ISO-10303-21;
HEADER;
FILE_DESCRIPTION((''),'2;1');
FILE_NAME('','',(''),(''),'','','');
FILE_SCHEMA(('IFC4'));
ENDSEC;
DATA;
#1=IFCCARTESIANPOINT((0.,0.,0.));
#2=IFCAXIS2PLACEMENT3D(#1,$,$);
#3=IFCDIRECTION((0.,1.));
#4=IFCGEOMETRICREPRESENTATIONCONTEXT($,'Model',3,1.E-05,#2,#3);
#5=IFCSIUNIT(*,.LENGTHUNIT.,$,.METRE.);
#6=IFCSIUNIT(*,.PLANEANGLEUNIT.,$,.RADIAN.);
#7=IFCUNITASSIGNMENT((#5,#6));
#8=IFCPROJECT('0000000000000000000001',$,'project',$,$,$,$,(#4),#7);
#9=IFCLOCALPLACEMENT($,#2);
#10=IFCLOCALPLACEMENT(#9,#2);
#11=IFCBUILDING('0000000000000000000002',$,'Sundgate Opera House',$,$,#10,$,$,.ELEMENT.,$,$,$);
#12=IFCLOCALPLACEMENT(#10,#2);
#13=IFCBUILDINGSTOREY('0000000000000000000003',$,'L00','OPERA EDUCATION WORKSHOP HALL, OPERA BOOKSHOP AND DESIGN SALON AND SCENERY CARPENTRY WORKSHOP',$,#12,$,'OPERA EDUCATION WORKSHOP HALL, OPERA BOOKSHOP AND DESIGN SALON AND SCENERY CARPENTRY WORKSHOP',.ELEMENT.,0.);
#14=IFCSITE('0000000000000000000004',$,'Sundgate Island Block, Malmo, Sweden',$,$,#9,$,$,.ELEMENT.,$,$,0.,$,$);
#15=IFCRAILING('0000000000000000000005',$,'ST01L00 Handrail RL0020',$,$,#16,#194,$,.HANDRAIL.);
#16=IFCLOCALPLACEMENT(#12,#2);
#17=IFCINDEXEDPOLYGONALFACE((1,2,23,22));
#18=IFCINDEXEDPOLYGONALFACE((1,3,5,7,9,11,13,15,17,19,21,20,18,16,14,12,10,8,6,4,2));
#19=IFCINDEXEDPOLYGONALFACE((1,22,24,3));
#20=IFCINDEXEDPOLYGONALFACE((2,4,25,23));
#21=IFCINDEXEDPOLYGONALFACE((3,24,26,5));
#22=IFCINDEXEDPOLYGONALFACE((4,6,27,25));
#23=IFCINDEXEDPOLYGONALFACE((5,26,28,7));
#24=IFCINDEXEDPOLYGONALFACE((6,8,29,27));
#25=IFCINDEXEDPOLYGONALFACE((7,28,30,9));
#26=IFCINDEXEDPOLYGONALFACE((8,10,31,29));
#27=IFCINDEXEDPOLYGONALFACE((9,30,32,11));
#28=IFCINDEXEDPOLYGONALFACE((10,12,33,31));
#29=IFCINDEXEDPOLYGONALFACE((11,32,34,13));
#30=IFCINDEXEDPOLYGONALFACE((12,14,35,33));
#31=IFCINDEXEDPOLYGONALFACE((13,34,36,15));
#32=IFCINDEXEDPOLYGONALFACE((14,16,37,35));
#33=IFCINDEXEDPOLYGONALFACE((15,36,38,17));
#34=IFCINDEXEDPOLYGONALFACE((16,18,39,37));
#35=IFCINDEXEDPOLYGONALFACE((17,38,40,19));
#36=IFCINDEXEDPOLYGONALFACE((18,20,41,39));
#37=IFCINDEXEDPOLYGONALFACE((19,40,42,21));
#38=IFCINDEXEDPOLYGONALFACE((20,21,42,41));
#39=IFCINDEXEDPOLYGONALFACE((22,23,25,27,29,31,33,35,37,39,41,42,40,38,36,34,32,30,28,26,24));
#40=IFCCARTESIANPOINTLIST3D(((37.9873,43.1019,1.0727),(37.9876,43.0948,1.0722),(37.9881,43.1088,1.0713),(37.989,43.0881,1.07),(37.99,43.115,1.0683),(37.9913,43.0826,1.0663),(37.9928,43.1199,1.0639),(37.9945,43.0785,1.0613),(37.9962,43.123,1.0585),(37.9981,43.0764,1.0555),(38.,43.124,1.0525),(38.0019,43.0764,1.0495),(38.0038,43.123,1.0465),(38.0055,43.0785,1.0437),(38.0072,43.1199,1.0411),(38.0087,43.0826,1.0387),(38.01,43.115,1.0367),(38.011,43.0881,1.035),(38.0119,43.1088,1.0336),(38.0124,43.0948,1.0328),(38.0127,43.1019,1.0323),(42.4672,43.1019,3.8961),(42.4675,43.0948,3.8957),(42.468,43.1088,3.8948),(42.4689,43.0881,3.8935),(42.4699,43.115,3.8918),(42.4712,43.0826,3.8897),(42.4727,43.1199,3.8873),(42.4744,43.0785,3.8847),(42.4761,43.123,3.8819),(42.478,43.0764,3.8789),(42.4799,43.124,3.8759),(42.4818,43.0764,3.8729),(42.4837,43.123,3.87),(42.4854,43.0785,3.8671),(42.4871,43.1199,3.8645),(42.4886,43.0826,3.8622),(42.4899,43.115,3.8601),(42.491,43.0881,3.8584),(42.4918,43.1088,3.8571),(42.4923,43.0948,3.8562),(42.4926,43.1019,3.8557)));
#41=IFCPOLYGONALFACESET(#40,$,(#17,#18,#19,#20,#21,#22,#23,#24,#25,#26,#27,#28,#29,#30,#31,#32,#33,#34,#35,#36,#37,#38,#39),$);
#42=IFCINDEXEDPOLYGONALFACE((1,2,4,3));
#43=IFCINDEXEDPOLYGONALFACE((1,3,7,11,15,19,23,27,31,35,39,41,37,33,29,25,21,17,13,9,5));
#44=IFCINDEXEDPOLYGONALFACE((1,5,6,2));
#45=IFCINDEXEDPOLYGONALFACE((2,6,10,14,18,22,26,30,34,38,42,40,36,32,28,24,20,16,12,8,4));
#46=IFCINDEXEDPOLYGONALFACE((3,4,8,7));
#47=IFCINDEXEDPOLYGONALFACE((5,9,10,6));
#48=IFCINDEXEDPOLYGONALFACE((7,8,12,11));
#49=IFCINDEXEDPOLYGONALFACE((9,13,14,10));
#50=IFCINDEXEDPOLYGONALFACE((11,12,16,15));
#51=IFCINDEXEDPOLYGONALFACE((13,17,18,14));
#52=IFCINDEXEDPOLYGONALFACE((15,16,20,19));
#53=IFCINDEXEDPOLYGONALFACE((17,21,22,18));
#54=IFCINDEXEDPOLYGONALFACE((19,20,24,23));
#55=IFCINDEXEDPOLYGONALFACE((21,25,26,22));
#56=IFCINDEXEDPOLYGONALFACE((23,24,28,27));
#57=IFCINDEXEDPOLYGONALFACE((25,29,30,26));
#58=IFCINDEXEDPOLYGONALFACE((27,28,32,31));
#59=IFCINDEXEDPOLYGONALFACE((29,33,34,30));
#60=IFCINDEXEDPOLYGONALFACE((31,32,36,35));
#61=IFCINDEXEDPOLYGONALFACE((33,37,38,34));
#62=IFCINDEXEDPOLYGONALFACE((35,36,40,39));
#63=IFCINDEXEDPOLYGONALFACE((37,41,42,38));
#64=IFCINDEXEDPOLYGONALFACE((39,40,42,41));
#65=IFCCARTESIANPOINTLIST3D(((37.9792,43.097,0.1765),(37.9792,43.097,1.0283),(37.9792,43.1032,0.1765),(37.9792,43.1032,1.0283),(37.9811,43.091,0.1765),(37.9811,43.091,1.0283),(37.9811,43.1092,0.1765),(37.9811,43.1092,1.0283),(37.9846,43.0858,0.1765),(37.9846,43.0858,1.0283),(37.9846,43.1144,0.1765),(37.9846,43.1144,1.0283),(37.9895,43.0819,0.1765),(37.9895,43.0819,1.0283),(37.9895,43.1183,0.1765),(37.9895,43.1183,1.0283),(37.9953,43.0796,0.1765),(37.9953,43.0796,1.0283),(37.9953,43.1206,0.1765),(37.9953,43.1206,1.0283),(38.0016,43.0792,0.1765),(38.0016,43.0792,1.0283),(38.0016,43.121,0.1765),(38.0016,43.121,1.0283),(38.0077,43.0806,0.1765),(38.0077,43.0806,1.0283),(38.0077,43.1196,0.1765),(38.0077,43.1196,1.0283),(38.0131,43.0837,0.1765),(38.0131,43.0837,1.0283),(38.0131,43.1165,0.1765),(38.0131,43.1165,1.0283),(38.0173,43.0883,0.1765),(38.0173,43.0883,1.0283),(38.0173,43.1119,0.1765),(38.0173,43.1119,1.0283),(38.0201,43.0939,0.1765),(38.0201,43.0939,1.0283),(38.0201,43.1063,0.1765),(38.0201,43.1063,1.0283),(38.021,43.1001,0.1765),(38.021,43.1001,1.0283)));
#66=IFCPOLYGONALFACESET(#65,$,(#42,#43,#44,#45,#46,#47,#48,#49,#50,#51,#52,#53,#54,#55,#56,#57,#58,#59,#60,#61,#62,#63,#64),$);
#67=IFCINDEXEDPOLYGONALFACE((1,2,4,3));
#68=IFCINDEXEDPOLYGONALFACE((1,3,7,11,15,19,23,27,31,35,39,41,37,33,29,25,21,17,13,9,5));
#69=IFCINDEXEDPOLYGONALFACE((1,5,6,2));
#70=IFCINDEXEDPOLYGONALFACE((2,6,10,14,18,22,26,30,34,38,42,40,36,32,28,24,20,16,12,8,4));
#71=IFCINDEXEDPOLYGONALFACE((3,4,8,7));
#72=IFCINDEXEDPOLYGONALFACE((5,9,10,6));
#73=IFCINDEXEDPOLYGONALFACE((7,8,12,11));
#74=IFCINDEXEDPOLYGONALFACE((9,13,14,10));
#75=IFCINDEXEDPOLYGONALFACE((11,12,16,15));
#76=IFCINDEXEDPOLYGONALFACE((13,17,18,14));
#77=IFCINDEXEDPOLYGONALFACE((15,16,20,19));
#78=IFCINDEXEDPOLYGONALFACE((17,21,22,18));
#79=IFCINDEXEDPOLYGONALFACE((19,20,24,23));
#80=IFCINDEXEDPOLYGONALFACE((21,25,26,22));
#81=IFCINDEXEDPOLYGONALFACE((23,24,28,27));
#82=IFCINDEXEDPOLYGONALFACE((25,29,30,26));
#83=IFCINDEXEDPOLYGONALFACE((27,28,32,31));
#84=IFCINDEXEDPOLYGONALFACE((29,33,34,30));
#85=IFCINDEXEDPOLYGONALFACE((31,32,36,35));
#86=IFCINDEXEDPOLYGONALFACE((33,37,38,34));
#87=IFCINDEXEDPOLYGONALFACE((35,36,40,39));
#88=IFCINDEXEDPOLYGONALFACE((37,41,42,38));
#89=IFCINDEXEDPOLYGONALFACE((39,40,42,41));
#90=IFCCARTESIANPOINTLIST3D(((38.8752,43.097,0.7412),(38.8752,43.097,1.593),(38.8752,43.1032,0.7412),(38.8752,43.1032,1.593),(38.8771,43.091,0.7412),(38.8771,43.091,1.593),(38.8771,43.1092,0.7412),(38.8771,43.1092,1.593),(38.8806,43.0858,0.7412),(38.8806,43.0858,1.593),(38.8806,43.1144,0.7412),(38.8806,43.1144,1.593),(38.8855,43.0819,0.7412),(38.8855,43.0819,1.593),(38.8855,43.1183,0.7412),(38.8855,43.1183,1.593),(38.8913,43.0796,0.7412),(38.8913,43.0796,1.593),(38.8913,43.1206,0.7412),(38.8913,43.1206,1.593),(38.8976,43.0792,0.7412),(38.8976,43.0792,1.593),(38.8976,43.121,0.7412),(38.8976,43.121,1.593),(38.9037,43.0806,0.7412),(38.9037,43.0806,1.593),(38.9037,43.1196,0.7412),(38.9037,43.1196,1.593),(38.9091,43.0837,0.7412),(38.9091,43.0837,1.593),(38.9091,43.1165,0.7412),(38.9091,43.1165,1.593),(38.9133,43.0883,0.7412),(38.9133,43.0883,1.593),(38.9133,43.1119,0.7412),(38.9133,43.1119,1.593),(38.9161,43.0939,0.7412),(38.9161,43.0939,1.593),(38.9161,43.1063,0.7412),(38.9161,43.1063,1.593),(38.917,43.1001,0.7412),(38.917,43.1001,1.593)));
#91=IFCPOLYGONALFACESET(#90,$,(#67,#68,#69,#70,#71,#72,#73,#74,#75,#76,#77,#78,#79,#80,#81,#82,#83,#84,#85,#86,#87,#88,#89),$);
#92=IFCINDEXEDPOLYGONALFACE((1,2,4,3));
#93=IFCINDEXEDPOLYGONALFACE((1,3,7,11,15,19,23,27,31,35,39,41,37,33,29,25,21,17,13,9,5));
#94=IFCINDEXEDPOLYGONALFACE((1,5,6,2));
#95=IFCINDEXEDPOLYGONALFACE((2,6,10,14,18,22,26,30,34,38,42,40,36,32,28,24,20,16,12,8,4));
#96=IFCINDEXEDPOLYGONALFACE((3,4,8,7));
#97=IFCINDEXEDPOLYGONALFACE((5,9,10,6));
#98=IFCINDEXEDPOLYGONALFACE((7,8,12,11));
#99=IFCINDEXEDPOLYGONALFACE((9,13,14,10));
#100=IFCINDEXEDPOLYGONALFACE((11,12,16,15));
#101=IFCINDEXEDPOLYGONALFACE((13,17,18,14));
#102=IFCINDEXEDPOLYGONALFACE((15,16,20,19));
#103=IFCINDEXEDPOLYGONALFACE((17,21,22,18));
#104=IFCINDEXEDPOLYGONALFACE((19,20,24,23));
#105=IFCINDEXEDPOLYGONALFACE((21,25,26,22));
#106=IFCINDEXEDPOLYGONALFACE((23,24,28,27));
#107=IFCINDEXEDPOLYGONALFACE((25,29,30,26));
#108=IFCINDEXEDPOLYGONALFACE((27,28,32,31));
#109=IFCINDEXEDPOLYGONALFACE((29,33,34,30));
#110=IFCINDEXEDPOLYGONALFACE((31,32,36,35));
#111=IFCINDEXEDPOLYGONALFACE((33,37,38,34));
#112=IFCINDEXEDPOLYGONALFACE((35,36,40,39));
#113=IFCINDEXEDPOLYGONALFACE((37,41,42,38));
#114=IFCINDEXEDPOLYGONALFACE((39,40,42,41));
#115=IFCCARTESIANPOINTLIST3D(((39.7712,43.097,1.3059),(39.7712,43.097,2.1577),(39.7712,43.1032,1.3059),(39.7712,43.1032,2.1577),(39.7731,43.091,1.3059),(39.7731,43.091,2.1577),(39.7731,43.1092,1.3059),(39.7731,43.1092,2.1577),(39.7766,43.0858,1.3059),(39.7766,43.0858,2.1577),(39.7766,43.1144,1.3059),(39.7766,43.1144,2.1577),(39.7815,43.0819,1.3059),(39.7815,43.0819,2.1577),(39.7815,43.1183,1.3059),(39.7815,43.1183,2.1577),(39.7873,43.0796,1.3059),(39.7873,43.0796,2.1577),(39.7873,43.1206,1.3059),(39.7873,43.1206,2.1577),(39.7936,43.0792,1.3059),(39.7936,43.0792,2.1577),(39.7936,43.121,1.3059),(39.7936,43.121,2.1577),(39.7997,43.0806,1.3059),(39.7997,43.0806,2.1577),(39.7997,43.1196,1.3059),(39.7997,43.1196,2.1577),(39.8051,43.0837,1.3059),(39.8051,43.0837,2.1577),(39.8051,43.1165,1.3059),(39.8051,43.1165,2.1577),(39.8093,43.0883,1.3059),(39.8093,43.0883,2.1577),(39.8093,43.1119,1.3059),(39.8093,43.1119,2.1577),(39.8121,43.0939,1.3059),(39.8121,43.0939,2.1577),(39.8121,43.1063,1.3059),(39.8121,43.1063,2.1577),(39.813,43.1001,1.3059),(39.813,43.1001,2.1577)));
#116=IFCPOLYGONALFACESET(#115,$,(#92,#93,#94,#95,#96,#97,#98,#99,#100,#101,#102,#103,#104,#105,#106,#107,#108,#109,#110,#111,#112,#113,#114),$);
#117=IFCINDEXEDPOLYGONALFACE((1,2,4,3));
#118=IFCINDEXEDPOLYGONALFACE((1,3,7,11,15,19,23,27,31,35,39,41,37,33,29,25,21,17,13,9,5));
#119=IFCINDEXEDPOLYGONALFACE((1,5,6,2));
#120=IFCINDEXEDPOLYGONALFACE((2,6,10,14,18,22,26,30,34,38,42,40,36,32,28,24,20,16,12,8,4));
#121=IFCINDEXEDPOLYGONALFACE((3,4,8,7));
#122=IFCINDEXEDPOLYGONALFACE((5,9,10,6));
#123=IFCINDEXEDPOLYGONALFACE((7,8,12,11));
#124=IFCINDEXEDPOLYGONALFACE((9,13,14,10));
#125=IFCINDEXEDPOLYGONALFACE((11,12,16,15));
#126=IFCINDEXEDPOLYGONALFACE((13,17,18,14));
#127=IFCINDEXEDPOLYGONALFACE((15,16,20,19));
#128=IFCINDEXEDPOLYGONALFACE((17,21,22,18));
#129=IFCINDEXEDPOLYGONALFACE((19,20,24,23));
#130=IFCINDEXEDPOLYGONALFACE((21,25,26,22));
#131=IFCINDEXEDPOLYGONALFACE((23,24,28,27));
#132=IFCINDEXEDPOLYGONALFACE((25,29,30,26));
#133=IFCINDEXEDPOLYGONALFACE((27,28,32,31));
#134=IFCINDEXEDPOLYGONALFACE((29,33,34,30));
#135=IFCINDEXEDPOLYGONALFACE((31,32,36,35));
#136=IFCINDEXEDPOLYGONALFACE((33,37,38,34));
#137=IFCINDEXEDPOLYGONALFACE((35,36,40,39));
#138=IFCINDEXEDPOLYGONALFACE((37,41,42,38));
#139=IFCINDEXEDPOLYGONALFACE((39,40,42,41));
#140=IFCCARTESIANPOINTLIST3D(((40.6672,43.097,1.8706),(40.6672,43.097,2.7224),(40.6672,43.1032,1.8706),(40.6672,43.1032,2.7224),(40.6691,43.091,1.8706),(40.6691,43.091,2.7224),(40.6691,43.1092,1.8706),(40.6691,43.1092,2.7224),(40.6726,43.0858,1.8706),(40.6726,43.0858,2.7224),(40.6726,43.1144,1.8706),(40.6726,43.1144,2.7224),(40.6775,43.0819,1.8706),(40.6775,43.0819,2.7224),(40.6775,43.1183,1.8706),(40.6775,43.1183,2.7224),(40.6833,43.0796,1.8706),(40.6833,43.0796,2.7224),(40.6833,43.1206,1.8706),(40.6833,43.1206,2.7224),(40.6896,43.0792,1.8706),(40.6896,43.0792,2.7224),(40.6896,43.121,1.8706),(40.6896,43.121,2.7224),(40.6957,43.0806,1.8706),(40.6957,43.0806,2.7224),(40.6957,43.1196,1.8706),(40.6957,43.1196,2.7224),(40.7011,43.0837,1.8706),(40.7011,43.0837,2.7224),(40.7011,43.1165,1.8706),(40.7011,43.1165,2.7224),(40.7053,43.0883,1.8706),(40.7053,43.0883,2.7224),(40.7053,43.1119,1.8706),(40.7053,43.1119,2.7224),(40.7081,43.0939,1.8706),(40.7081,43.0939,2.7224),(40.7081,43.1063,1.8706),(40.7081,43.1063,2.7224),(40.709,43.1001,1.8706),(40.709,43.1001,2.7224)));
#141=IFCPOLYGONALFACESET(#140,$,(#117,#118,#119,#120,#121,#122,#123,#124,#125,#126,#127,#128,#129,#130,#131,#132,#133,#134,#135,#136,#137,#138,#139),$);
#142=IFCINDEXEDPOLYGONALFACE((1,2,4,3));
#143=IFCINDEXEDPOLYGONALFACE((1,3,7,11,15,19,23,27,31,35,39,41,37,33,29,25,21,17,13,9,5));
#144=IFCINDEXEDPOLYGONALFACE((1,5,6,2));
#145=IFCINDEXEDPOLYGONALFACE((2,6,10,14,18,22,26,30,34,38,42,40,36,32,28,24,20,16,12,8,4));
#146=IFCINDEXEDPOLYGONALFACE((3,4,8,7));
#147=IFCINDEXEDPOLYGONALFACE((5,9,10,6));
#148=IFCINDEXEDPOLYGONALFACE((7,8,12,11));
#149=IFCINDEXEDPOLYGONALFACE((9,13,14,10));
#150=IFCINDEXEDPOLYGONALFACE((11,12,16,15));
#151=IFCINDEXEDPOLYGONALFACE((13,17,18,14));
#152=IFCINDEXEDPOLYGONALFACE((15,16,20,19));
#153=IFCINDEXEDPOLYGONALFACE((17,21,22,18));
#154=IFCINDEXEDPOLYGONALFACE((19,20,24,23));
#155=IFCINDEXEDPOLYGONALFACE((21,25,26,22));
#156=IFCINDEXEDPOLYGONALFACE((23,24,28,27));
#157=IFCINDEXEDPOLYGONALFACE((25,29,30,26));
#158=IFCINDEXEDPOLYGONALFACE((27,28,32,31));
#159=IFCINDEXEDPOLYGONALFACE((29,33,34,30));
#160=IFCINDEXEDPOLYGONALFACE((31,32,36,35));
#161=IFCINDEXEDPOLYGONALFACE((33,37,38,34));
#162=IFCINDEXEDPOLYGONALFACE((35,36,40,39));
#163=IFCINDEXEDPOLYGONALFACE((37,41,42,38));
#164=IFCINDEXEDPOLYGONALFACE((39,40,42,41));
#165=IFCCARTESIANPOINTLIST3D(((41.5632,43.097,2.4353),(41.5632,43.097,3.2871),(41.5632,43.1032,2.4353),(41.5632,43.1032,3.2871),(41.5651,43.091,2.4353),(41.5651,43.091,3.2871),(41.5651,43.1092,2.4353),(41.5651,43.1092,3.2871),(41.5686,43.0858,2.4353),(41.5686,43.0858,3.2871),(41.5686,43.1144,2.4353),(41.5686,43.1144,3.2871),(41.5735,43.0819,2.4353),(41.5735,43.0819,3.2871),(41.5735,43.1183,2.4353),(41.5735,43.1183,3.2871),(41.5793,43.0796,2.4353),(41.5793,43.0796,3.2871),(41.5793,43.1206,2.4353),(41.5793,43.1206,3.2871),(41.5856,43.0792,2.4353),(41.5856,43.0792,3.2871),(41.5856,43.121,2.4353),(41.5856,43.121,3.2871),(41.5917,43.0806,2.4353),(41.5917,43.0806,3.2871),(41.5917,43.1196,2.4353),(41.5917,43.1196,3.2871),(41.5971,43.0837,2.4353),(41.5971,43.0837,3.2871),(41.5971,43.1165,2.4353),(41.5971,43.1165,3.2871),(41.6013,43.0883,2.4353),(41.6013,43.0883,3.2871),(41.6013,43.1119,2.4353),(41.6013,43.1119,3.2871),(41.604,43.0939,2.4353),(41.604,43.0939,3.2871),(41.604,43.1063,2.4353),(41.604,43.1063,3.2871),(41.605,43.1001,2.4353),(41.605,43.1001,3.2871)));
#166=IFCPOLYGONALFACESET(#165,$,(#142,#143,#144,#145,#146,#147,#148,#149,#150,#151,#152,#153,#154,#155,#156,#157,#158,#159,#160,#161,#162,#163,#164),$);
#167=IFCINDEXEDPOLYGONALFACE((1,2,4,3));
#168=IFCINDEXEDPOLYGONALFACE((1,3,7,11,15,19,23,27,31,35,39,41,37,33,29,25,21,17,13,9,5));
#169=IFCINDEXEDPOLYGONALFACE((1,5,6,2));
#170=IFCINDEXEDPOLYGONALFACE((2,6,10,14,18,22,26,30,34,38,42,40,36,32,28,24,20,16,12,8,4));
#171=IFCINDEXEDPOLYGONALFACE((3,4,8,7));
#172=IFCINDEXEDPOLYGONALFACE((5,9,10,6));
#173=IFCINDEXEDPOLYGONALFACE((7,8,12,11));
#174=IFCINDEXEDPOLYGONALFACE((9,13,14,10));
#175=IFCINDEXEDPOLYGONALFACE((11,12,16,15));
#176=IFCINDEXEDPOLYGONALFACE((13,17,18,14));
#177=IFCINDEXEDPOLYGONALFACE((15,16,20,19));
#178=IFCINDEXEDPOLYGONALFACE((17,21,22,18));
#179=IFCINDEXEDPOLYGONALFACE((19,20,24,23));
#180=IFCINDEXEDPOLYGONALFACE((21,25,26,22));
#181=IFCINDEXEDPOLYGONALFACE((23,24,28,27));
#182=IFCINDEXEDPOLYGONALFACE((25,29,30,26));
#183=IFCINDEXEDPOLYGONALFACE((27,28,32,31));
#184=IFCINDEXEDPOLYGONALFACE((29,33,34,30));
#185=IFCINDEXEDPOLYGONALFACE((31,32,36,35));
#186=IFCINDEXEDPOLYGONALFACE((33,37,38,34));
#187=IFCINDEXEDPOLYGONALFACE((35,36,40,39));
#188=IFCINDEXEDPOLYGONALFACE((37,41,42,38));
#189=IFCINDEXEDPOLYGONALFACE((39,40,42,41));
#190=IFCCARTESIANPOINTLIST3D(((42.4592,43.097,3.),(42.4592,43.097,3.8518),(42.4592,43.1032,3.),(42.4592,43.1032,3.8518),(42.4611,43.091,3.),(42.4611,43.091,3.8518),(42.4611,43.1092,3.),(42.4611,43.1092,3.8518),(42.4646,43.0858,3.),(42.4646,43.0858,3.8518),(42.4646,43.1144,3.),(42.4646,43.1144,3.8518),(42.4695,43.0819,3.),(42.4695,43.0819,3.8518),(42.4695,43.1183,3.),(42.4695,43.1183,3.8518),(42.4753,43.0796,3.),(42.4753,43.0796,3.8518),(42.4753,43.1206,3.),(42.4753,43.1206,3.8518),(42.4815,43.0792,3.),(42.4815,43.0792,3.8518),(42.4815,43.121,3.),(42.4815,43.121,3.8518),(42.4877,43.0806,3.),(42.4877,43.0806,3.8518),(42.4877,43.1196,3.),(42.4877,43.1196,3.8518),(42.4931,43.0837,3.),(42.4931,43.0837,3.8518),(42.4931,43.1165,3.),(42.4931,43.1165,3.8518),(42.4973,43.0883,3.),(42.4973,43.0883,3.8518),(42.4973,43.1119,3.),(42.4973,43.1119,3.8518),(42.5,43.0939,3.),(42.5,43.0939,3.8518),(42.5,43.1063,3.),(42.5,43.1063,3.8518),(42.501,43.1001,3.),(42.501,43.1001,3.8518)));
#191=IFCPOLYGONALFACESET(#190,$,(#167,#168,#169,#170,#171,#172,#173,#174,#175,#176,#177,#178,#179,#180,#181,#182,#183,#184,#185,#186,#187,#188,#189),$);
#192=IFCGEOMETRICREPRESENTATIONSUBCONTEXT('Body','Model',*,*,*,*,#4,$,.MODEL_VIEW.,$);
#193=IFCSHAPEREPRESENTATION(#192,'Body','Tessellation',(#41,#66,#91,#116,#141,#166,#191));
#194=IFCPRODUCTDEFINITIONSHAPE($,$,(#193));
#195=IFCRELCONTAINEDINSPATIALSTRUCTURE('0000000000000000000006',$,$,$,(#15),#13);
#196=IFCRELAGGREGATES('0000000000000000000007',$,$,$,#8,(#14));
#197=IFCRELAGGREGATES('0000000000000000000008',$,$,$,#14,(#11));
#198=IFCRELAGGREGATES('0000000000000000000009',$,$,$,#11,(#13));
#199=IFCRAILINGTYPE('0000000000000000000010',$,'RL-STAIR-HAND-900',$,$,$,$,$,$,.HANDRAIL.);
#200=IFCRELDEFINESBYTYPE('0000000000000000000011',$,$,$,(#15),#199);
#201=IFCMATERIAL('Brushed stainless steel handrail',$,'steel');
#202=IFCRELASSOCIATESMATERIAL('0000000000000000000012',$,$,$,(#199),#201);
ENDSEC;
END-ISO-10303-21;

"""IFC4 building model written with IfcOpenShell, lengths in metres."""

from ifc_helpers import new_model, si_unit, direction, frame, origin, origin_2d, place, context, subcontext, project, spatial, circle, extrude, material, type_object, element, save


model = new_model("IFC4")

# Units and contexts
model_context = context("Model", 3, precision=1e-05, world=origin(), true_north=direction((0.0, 1.0)))
body_context = subcontext(model_context, "Body", "Model", "MODEL_VIEW")
ifc_project = project(units=[si_unit("LENGTHUNIT", "METRE"), si_unit("PLANEANGLEUNIT", "RADIAN")], contexts=[model_context])

# Site, building, storey
site_placement = place(None, origin())
site = spatial("IfcSite", under=ifc_project, at=site_placement, Name="Sundgate Island Block, Malmo, Sweden", CompositionType="ELEMENT", RefElevation=0.0)
building_placement = place(site_placement, origin())
building = spatial("IfcBuilding", under=site, at=building_placement, Name="Sundgate Opera House", CompositionType="ELEMENT")
storey_placement = place(building_placement, origin())
storey = spatial("IfcBuildingStorey", under=building, at=storey_placement, Name="L00", Description="OPERA EDUCATION WORKSHOP HALL, OPERA BOOKSHOP AND DESIGN SALON AND SCENERY CARPENTRY WORKSHOP", LongName="OPERA EDUCATION WORKSHOP HALL, OPERA BOOKSHOP AND DESIGN SALON AND SCENERY CARPENTRY WORKSHOP", CompositionType="ELEMENT", Elevation=0.0)

# Railing
ifc_material_1 = material(Name="Brushed stainless steel handrail", Category="steel")
railing_type_1 = type_object("IfcRailingType", Name="RL-STAIR-HAND-900", PredefinedType="HANDRAIL", material=ifc_material_1)
railing_1_placement = place(storey_placement, frame((38.0, 43.1001, 0.1765)))
element("IfcRailing", 1, at=railing_1_placement, inside=storey, type_object=railing_type_1, Name="ST01L00 Handrail RL0020", PredefinedType="HANDRAIL", context=body_context, shape_type="SweptSolid", body=[
    extrude(circle(Radius=0.0239, at=origin_2d()), frame((0.0, 0.0, 0.876), z_axis=(0.845998, 0.0, 0.533186), x_axis=(0.0, 1.0, 0.0)), (0.0, 0.0, 1.0), 5.2954),
    extrude(circle(Radius=0.021, at=origin_2d()), origin(), (0.0, 0.0, 1.0), 0.8518),
    extrude(circle(Radius=0.021, at=origin_2d()), frame((0.896, 0.0, 0.5647)), (0.0, 0.0, 1.0), 0.8518),
    extrude(circle(Radius=0.021, at=origin_2d()), frame((1.792, 0.0, 1.1294)), (0.0, 0.0, 1.0), 0.8518),
    extrude(circle(Radius=0.021, at=origin_2d()), frame((2.688, 0.0, 1.6941)), (0.0, 0.0, 1.0), 0.8518),
    extrude(circle(Radius=0.021, at=origin_2d()), frame((3.584, 0.0, 2.2588)), (0.0, 0.0, 1.0), 0.8518),
    extrude(circle(Radius=0.021, at=origin_2d()), frame((4.48, 0.0, 2.8235)), (0.0, 0.0, 1.0), 0.8518),
])

save(model, "model.ifc")
